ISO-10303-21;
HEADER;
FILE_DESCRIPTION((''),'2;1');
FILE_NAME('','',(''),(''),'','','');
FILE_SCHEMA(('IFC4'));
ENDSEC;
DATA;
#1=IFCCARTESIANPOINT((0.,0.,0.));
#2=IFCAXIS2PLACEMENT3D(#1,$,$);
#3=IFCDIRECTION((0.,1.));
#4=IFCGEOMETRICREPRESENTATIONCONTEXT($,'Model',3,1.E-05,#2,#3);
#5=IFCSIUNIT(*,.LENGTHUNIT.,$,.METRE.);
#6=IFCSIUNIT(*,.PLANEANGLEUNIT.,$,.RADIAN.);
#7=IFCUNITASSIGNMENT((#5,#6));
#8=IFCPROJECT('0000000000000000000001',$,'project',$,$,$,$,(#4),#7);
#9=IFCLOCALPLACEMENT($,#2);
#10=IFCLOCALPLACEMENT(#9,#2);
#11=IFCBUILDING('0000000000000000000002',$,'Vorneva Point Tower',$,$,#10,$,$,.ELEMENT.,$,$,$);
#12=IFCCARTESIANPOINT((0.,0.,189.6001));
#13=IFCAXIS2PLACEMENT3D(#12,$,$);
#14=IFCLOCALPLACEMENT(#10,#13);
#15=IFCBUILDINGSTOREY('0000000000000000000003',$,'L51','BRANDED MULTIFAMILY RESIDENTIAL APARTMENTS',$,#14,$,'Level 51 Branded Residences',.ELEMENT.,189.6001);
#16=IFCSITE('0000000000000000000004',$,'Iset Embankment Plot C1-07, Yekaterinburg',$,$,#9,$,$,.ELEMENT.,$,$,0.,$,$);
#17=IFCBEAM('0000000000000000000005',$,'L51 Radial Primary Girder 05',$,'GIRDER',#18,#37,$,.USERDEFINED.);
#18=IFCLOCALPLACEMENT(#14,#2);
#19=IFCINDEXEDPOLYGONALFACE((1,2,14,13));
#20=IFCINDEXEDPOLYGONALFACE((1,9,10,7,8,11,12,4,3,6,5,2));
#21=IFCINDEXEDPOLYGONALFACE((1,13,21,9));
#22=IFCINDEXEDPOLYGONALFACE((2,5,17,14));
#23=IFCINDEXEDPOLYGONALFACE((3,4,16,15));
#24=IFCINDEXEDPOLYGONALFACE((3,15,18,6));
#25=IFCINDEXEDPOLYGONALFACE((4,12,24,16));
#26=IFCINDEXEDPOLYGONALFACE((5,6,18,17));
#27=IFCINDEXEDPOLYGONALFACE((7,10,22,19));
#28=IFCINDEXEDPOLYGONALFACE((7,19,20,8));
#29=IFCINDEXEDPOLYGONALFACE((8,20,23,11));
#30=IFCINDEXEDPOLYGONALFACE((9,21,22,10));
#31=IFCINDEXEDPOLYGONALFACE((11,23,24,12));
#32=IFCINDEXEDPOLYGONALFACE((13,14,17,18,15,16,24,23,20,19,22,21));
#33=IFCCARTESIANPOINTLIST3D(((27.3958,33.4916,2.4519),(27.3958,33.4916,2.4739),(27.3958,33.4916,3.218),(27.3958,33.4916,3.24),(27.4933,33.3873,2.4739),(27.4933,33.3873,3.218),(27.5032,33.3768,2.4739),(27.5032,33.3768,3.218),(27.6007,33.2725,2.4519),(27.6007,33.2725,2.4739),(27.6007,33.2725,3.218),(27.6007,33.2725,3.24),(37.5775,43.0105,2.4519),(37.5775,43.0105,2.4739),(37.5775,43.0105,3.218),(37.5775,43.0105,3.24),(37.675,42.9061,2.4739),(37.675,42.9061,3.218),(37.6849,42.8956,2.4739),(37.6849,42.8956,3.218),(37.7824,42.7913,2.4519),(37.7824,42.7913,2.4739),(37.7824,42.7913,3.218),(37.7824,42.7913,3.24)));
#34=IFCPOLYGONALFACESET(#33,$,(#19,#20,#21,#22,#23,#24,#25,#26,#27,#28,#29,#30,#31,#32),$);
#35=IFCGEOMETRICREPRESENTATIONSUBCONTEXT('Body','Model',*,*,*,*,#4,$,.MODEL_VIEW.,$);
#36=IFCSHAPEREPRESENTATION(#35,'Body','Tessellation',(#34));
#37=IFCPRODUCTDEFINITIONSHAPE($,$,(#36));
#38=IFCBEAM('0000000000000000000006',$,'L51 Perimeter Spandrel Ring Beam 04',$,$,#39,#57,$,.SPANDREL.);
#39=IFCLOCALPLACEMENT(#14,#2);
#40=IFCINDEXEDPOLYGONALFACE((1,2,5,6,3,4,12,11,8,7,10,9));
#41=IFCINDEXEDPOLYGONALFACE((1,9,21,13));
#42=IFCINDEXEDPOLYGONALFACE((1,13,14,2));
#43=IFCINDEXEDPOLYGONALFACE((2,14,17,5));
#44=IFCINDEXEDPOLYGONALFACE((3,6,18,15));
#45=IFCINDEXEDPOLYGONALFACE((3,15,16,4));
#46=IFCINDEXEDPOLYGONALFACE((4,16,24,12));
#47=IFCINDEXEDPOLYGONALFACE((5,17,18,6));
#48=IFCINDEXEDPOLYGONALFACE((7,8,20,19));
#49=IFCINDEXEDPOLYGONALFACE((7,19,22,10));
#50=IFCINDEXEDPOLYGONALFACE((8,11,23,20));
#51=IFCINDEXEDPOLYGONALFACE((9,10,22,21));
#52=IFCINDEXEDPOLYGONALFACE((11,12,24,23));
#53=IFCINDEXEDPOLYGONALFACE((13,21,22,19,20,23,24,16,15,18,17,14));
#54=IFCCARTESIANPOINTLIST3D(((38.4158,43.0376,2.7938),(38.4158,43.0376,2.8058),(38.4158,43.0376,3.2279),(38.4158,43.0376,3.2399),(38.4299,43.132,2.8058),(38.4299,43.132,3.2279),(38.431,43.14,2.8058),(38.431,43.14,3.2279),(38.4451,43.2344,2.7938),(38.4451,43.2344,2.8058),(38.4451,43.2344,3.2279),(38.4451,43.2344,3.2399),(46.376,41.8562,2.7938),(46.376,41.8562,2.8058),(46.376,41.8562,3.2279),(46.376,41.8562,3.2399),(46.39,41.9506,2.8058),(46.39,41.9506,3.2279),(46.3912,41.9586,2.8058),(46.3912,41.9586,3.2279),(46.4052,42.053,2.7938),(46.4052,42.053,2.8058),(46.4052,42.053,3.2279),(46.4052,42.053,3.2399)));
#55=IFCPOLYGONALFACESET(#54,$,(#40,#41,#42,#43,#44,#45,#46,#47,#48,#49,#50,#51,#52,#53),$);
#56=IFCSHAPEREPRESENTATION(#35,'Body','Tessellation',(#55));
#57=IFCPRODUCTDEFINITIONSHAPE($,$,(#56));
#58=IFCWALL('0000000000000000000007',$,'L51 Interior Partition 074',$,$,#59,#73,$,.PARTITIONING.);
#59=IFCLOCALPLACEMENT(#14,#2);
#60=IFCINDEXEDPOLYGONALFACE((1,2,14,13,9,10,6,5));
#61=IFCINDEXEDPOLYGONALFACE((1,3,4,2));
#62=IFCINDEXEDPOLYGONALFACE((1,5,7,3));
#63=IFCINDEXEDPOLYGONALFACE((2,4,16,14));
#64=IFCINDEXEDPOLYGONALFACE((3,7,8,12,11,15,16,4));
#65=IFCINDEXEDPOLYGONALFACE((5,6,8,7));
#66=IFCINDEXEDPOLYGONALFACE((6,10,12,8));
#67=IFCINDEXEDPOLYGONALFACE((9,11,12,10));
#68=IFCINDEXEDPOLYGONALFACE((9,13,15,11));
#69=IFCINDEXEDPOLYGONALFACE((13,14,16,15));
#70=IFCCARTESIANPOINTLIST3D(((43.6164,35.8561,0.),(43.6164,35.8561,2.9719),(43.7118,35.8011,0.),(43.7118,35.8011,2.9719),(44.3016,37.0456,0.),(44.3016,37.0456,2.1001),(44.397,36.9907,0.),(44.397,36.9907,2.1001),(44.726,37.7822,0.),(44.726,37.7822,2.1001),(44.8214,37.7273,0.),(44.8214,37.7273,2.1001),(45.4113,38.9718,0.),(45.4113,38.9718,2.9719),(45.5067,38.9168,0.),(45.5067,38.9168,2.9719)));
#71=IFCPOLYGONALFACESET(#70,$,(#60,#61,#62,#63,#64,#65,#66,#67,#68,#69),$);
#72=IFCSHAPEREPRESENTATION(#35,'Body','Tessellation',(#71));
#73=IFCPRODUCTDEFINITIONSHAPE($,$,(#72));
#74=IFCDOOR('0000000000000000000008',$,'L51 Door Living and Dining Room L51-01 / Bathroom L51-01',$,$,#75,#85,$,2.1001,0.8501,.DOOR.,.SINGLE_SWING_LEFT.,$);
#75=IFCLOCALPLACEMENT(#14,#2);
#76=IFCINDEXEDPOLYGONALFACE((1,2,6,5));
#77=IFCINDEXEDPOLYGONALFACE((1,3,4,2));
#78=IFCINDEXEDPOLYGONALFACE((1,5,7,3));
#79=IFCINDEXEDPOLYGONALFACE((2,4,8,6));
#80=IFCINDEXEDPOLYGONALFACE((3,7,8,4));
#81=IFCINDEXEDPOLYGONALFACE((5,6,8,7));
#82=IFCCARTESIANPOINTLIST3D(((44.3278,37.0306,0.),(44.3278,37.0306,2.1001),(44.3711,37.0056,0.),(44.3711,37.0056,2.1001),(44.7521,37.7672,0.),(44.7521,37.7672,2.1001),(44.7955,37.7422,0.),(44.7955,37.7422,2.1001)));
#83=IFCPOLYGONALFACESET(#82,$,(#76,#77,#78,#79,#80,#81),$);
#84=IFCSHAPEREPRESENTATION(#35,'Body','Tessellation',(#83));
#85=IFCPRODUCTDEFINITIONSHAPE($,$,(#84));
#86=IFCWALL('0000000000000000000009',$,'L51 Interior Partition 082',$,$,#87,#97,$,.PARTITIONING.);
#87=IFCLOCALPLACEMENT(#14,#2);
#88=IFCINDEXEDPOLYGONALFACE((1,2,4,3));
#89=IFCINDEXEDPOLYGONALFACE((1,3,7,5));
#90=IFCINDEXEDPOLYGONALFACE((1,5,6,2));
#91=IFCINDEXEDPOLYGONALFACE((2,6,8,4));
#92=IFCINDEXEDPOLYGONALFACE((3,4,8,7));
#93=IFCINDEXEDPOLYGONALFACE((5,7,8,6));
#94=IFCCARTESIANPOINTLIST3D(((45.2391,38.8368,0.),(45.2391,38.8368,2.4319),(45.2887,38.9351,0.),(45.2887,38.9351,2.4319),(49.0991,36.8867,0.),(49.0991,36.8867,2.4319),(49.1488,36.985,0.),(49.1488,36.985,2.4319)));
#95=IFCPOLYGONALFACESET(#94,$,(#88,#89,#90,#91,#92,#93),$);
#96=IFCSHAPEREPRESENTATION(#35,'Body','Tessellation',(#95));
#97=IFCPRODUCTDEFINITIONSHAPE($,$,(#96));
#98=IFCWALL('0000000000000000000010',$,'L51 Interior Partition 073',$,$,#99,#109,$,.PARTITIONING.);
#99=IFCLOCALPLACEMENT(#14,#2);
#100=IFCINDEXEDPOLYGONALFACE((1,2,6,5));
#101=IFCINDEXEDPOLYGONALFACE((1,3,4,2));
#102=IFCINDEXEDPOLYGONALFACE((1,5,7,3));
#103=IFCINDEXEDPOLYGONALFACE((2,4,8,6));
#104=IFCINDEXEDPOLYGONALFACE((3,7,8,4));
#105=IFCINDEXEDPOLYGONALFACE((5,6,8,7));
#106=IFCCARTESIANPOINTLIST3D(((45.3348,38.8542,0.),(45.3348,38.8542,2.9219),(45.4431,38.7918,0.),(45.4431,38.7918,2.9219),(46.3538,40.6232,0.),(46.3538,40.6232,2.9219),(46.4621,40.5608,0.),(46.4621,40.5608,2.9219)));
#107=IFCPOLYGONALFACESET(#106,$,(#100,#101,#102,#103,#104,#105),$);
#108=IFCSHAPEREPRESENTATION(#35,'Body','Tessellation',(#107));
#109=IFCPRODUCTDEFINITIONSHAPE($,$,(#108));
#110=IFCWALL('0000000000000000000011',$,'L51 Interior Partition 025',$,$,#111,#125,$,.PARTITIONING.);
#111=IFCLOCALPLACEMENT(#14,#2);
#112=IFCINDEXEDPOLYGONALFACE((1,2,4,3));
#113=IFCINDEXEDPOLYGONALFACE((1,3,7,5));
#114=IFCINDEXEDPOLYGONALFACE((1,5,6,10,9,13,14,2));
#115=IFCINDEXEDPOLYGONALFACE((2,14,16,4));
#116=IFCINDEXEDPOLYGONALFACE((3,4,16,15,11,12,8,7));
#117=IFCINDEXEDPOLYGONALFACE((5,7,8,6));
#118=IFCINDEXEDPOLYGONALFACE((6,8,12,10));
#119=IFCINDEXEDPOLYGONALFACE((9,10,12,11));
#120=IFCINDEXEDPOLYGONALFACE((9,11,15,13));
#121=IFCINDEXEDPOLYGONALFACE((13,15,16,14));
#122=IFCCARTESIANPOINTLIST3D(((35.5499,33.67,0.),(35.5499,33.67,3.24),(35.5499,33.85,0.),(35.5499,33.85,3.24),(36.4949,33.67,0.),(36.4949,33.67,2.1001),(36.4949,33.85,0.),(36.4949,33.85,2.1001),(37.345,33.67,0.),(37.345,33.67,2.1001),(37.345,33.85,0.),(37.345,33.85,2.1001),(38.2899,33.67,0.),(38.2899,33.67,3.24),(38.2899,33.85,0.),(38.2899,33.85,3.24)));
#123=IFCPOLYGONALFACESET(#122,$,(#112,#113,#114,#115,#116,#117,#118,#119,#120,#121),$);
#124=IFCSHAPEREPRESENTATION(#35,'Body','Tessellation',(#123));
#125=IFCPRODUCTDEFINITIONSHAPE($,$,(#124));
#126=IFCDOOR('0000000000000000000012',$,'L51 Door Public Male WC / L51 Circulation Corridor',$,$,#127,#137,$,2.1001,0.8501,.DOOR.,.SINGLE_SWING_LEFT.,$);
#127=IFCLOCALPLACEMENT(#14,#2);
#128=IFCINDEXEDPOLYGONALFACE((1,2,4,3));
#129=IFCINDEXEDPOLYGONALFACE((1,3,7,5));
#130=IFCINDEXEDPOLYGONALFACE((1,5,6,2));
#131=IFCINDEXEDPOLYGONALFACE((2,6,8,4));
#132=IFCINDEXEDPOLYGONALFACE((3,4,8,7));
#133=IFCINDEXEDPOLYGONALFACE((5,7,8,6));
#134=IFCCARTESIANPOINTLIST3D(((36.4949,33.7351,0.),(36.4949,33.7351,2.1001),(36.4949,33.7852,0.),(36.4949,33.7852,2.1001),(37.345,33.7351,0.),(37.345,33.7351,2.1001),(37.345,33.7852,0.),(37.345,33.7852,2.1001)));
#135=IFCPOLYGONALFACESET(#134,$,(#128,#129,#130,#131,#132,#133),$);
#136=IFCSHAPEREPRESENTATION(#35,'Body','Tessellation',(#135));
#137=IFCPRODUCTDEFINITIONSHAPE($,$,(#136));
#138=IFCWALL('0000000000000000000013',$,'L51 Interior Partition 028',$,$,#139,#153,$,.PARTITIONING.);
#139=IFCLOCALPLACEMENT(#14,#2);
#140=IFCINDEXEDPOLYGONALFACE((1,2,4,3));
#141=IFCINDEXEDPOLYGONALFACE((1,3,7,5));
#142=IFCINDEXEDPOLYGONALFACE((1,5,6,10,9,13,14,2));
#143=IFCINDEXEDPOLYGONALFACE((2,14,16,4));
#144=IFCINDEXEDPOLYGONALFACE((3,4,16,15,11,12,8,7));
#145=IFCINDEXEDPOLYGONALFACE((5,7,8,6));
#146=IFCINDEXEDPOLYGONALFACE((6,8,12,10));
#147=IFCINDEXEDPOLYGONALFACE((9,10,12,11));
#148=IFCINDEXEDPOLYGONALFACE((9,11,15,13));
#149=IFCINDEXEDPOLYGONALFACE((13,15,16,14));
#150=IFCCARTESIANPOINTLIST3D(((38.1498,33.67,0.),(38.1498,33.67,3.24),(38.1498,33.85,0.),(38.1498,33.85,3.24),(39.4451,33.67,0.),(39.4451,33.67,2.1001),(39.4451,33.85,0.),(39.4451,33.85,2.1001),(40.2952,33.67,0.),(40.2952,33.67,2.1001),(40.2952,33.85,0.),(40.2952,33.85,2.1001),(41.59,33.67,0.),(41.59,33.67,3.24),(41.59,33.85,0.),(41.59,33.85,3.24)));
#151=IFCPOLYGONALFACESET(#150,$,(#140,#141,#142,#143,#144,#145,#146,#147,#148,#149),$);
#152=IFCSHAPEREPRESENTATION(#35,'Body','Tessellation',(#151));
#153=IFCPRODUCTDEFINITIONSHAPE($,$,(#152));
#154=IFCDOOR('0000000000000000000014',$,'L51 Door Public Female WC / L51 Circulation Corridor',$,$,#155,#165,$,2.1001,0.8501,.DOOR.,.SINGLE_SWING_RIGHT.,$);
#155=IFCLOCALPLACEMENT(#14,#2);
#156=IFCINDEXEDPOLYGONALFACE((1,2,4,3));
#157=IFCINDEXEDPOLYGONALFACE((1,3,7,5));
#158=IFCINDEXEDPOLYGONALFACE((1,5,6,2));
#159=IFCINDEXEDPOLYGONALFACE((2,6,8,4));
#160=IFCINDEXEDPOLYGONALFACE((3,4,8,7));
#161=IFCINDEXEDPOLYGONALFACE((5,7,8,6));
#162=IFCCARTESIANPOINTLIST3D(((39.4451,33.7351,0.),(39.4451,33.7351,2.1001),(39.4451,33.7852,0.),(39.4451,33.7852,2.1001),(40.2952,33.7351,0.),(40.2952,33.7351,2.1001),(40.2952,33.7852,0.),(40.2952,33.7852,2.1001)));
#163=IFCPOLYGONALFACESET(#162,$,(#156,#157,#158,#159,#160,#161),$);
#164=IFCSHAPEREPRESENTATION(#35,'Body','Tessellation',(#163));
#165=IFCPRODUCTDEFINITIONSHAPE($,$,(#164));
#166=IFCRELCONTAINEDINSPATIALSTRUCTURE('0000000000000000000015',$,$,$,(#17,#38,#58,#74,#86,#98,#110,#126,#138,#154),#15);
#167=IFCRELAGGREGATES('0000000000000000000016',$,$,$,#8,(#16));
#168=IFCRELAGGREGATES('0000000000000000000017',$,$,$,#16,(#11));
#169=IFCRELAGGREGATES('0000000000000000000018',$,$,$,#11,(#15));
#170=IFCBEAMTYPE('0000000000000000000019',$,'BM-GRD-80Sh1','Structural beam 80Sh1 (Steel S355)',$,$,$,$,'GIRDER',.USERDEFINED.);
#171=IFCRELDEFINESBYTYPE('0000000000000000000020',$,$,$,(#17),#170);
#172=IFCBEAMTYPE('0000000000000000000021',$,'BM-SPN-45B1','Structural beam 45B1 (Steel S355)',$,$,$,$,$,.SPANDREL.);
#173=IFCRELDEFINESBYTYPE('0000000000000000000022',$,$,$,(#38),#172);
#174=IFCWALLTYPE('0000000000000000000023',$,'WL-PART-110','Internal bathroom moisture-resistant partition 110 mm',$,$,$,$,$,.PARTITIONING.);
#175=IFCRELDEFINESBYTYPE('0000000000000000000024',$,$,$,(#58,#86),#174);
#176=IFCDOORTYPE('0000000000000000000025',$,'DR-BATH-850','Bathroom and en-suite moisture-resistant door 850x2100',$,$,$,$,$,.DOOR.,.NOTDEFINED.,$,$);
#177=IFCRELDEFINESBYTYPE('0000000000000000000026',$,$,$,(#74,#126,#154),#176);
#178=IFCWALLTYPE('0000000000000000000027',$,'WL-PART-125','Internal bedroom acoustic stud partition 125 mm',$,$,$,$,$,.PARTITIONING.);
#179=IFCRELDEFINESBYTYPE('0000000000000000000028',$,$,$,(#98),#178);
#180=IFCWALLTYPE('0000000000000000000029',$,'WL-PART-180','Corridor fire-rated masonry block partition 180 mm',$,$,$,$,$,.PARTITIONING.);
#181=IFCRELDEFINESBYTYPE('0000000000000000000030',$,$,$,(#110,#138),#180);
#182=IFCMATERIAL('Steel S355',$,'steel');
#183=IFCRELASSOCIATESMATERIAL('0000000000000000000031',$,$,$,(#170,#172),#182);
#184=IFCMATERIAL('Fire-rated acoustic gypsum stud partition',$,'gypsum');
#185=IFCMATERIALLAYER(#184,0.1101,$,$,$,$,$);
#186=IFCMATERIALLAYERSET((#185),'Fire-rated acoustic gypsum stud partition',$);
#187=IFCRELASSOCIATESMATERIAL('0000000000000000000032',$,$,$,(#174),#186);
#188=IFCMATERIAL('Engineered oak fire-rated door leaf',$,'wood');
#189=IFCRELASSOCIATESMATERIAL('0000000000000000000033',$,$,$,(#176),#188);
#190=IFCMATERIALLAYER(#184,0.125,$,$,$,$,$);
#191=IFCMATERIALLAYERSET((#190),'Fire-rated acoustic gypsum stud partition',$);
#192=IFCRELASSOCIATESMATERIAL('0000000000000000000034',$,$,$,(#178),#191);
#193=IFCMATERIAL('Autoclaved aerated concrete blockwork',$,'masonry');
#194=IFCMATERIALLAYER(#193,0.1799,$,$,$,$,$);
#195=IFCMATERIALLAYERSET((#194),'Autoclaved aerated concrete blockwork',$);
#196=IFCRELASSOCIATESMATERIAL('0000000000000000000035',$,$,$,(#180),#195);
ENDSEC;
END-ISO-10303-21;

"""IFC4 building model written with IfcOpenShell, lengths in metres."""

from ifc_helpers import new_model, si_unit, direction, frame, frame_2d, origin, origin_2d, place, context, subcontext, project, spatial, rectangle, i_section, extrude, material, layer, layer_set, material_profile, profile_set, type_object, element, fill, save


model = new_model("IFC4")

# Units and contexts
model_context = context("Model", 3, precision=1e-05, world=origin(), true_north=direction((0.0, 1.0)))
body_context = subcontext(model_context, "Body", "Model", "MODEL_VIEW")
ifc_project = project(units=[si_unit("LENGTHUNIT", "METRE"), si_unit("PLANEANGLEUNIT", "RADIAN")], contexts=[model_context])

# Site, building, storey
site_placement = place(None, origin())
site = spatial("IfcSite", under=ifc_project, at=site_placement, Name="Iset Embankment Plot C1-07, Yekaterinburg", CompositionType="ELEMENT", RefElevation=0.0)
building_placement = place(site_placement, origin())
building = spatial("IfcBuilding", under=site, at=building_placement, Name="Vorneva Point Tower", CompositionType="ELEMENT")
storey_placement = place(building_placement, frame((0.0, 0.0, 189.6001)))
storey = spatial("IfcBuildingStorey", under=building, at=storey_placement, Name="L51", Description="BRANDED MULTIFAMILY RESIDENTIAL APARTMENTS", LongName="Level 51 Branded Residences", CompositionType="ELEMENT", Elevation=189.6001)

# Beams
ifc_material_1 = material(Name="Steel S355", Category="steel")
ifc_material_profile_1 = material_profile(ifc_material_1, i_section(OverallWidth=0.3, OverallDepth=0.7881, WebThickness=0.0144, FlangeThickness=0.022, at=origin_2d()), Name="80Sh1")
ifc_profile_set_1 = profile_set([ifc_material_profile_1], Name="Steel S355")
beam_type_1 = type_object("IfcBeamType", Name="BM-GRD-80Sh1", Description="Structural beam 80Sh1 (Steel S355)", ElementType="GIRDER", PredefinedType="USERDEFINED", material=ifc_profile_set_1)
beam_1_placement = place(storey_placement, frame((37.6799, 42.9009, 2.8459), z_axis=(-0.730485, -0.682929, 0.0), x_axis=(0.682929, -0.730485, 0.0)))
element("IfcBeam", 1, at=beam_1_placement, inside=storey, type_object=beam_type_1, Name="L51 Radial Primary Girder 05", ObjectType="GIRDER", PredefinedType="USERDEFINED", context=body_context, shape_type="SweptSolid", body=[
    extrude(i_section(OverallWidth=0.3, OverallDepth=0.7881, WebThickness=0.0144, FlangeThickness=0.022, at=origin_2d()), origin(), (0.0, 0.0, 1.0), 13.9382),
])
ifc_material_profile_2 = material_profile(ifc_material_1, i_section(OverallWidth=0.199, OverallDepth=0.446, WebThickness=0.0081, FlangeThickness=0.012, at=origin_2d()), Name="45B1")
ifc_profile_set_2 = profile_set([ifc_material_profile_2], Name="Steel S355")
beam_type_2 = type_object("IfcBeamType", Name="BM-SPN-45B1", Description="Structural beam 45B1 (Steel S355)", PredefinedType="SPANDREL", material=ifc_profile_set_2)
beam_2_placement = place(storey_placement, frame((46.3906, 41.9546, 3.0168), z_axis=(-0.989165, 0.146805, 0.0), x_axis=(-0.146805, -0.989165, 0.0)))
element("IfcBeam", 2, at=beam_2_placement, inside=storey, type_object=beam_type_2, Name="L51 Perimeter Spandrel Ring Beam 04", PredefinedType="SPANDREL", context=body_context, shape_type="SweptSolid", body=[
    extrude(i_section(OverallWidth=0.199, OverallDepth=0.446, WebThickness=0.0081, FlangeThickness=0.012, at=origin_2d()), origin(), (0.0, 0.0, 1.0), 8.0474),
])

# Wall, opening, door
ifc_material_2 = material(Name="Fire-rated acoustic gypsum stud partition", Category="gypsum")
ifc_layer_1 = layer(ifc_material_2, 0.1101)
ifc_layer_set_1 = layer_set([ifc_layer_1], Name="Fire-rated acoustic gypsum stud partition")
wall_type_1 = type_object("IfcWallType", Name="WL-PART-110", Description="Internal bathroom moisture-resistant partition 110 mm", PredefinedType="PARTITIONING", material=ifc_layer_set_1)
wall_1_placement = place(storey_placement, frame((43.6641, 35.8286, 0.0), z_axis=(0.0, 0.0, 1.0), x_axis=(0.499178, 0.8665, 0.0)))
wall_1 = element("IfcWall", 3, at=wall_1_placement, inside=storey, type_object=wall_type_1, Name="L51 Interior Partition 074", PredefinedType="PARTITIONING", context=body_context, shape_type="SweptSolid", body=[
    extrude(rectangle(XDim=3.5957, YDim=0.1101, at=frame_2d((1.7979, 0.0))), origin(), (0.0, 0.0, 1.0), 2.9719),
])
opening_1_placement = place(wall_1_placement, frame((1.3728, 0.0, 0.0)))
opening_1 = element("IfcOpeningElement", 4, at=opening_1_placement, cuts=wall_1, PredefinedType="OPENING", context=body_context, shape_type="SweptSolid", body=[
    extrude(rectangle(XDim=0.8501, YDim=2.1001, at=frame_2d((0.425, 1.05))), frame((0.0, 0.0698, 0.0), z_axis=(0.0, -1.0, 0.0), x_axis=(1.0, 0.0, 0.0)), (0.0, 0.0, 1.0), 0.1399),
])
ifc_material_3 = material(Name="Engineered oak fire-rated door leaf", Category="wood")
door_type_1 = type_object("IfcDoorType", Name="DR-BATH-850", Description="Bathroom and en-suite moisture-resistant door 850x2100", OperationType="NOTDEFINED", PredefinedType="DOOR", material=ifc_material_3)
door_1_placement = place(opening_1_placement, origin())
door_1 = element("IfcDoor", 5, at=door_1_placement, inside=storey, type_object=door_type_1, Name="L51 Door Living and Dining Room L51-01 / Bathroom L51-01", OperationType="SINGLE_SWING_LEFT", OverallHeight=2.1001, OverallWidth=0.8501, PredefinedType="DOOR", context=body_context, shape_type="SweptSolid", body=[
    extrude(rectangle(XDim=0.8501, YDim=2.1001, at=frame_2d((0.425, 1.05))), frame((0.0, 0.0249, 0.0), z_axis=(0.0, -1.0, 0.0), x_axis=(1.0, 0.0, 0.0)), (0.0, 0.0, 1.0), 0.05),
])
fill(opening_1, door_1)

# Walls
wall_2_placement = place(storey_placement, frame((45.2639, 38.886, 0.0), z_axis=(0.0, 0.0, 1.0), x_axis=(0.892557, -0.450936, 0.0)))
element("IfcWall", 6, at=wall_2_placement, inside=storey, type_object=wall_type_1, Name="L51 Interior Partition 082", PredefinedType="PARTITIONING", context=body_context, shape_type="SweptSolid", body=[
    extrude(rectangle(XDim=4.3247, YDim=0.1101, at=frame_2d((2.1624, 0.0))), origin(), (0.0, 0.0, 1.0), 2.4319),
])
ifc_layer_2 = layer(ifc_material_2, 0.125)
ifc_layer_set_2 = layer_set([ifc_layer_2], Name="Fire-rated acoustic gypsum stud partition")
wall_type_2 = type_object("IfcWallType", Name="WL-PART-125", Description="Internal bedroom acoustic stud partition 125 mm", PredefinedType="PARTITIONING", material=ifc_layer_set_2)
wall_3_placement = place(storey_placement, frame((45.3889, 38.823, 0.0), z_axis=(0.0, 0.0, 1.0), x_axis=(0.49915, 0.866516, 0.0)))
element("IfcWall", 7, at=wall_3_placement, inside=storey, type_object=wall_type_2, Name="L51 Interior Partition 073", PredefinedType="PARTITIONING", context=body_context, shape_type="SweptSolid", body=[
    extrude(rectangle(XDim=2.0415, YDim=0.125, at=frame_2d((1.0208, 0.0))), origin(), (0.0, 0.0, 1.0), 2.9219),
])

# Walls, openings, doors
ifc_material_4 = material(Name="Autoclaved aerated concrete blockwork", Category="masonry")
ifc_layer_3 = layer(ifc_material_4, 0.1799)
ifc_layer_set_3 = layer_set([ifc_layer_3], Name="Autoclaved aerated concrete blockwork")
wall_type_3 = type_object("IfcWallType", Name="WL-PART-180", Description="Corridor fire-rated masonry block partition 180 mm", PredefinedType="PARTITIONING", material=ifc_layer_set_3)
wall_4_placement = place(storey_placement, frame((38.29, 33.76, 0.0), z_axis=(0.0, 0.0, 1.0), x_axis=(-1.0, 0.0, 0.0)))
wall_4 = element("IfcWall", 8, at=wall_4_placement, inside=storey, type_object=wall_type_3, Name="L51 Interior Partition 025", PredefinedType="PARTITIONING", context=body_context, shape_type="SweptSolid", body=[
    extrude(rectangle(XDim=2.74, YDim=0.1799, at=frame_2d((1.3701, 0.0))), origin(), (0.0, 0.0, 1.0), 3.24),
])
opening_2_placement = place(wall_4_placement, frame((0.9451, 0.0, 0.0)))
opening_2 = element("IfcOpeningElement", 9, at=opening_2_placement, cuts=wall_4, PredefinedType="OPENING", context=body_context, shape_type="SweptSolid", body=[
    extrude(rectangle(XDim=0.8501, YDim=2.1001, at=frame_2d((0.425, 1.05))), frame((0.0, 0.105, 0.0), z_axis=(0.0, -1.0, 0.0), x_axis=(1.0, 0.0, 0.0)), (0.0, 0.0, 1.0), 0.2097),
])
door_2_placement = place(opening_2_placement, origin())
door_2 = element("IfcDoor", 10, at=door_2_placement, inside=storey, type_object=door_type_1, Name="L51 Door Public Male WC / L51 Circulation Corridor", OperationType="SINGLE_SWING_LEFT", OverallHeight=2.1001, OverallWidth=0.8501, PredefinedType="DOOR", context=body_context, shape_type="SweptSolid", body=[
    extrude(rectangle(XDim=0.8501, YDim=2.1001, at=frame_2d((0.425, 1.05))), frame((0.0, 0.0249, 0.0), z_axis=(0.0, -1.0, 0.0), x_axis=(1.0, 0.0, 0.0)), (0.0, 0.0, 1.0), 0.05),
])
fill(opening_2, door_2)
wall_5_placement = place(storey_placement, frame((41.5901, 33.76, 0.0), z_axis=(0.0, 0.0, 1.0), x_axis=(-1.0, 0.0, 0.0)))
wall_5 = element("IfcWall", 11, at=wall_5_placement, inside=storey, type_object=wall_type_3, Name="L51 Interior Partition 028", PredefinedType="PARTITIONING", context=body_context, shape_type="SweptSolid", body=[
    extrude(rectangle(XDim=3.4402, YDim=0.1799, at=frame_2d((1.7202, 0.0))), origin(), (0.0, 0.0, 1.0), 3.24),
])
opening_3_placement = place(wall_5_placement, frame((1.2949, 0.0, 0.0)))
opening_3 = element("IfcOpeningElement", 12, at=opening_3_placement, cuts=wall_5, PredefinedType="OPENING", context=body_context, shape_type="SweptSolid", body=[
    extrude(rectangle(XDim=0.8501, YDim=2.1001, at=frame_2d((0.425, 1.05))), frame((0.0, 0.105, 0.0), z_axis=(0.0, -1.0, 0.0), x_axis=(1.0, 0.0, 0.0)), (0.0, 0.0, 1.0), 0.2097),
])
door_3_placement = place(opening_3_placement, origin())
door_3 = element("IfcDoor", 13, at=door_3_placement, inside=storey, type_object=door_type_1, Name="L51 Door Public Female WC / L51 Circulation Corridor", OperationType="SINGLE_SWING_RIGHT", OverallHeight=2.1001, OverallWidth=0.8501, PredefinedType="DOOR", context=body_context, shape_type="SweptSolid", body=[
    extrude(rectangle(XDim=0.8501, YDim=2.1001, at=frame_2d((0.425, 1.05))), frame((0.0, 0.0249, 0.0), z_axis=(0.0, -1.0, 0.0), x_axis=(1.0, 0.0, 0.0)), (0.0, 0.0, 1.0), 0.05),
])
fill(opening_3, door_3)

save(model, "model.ifc")
